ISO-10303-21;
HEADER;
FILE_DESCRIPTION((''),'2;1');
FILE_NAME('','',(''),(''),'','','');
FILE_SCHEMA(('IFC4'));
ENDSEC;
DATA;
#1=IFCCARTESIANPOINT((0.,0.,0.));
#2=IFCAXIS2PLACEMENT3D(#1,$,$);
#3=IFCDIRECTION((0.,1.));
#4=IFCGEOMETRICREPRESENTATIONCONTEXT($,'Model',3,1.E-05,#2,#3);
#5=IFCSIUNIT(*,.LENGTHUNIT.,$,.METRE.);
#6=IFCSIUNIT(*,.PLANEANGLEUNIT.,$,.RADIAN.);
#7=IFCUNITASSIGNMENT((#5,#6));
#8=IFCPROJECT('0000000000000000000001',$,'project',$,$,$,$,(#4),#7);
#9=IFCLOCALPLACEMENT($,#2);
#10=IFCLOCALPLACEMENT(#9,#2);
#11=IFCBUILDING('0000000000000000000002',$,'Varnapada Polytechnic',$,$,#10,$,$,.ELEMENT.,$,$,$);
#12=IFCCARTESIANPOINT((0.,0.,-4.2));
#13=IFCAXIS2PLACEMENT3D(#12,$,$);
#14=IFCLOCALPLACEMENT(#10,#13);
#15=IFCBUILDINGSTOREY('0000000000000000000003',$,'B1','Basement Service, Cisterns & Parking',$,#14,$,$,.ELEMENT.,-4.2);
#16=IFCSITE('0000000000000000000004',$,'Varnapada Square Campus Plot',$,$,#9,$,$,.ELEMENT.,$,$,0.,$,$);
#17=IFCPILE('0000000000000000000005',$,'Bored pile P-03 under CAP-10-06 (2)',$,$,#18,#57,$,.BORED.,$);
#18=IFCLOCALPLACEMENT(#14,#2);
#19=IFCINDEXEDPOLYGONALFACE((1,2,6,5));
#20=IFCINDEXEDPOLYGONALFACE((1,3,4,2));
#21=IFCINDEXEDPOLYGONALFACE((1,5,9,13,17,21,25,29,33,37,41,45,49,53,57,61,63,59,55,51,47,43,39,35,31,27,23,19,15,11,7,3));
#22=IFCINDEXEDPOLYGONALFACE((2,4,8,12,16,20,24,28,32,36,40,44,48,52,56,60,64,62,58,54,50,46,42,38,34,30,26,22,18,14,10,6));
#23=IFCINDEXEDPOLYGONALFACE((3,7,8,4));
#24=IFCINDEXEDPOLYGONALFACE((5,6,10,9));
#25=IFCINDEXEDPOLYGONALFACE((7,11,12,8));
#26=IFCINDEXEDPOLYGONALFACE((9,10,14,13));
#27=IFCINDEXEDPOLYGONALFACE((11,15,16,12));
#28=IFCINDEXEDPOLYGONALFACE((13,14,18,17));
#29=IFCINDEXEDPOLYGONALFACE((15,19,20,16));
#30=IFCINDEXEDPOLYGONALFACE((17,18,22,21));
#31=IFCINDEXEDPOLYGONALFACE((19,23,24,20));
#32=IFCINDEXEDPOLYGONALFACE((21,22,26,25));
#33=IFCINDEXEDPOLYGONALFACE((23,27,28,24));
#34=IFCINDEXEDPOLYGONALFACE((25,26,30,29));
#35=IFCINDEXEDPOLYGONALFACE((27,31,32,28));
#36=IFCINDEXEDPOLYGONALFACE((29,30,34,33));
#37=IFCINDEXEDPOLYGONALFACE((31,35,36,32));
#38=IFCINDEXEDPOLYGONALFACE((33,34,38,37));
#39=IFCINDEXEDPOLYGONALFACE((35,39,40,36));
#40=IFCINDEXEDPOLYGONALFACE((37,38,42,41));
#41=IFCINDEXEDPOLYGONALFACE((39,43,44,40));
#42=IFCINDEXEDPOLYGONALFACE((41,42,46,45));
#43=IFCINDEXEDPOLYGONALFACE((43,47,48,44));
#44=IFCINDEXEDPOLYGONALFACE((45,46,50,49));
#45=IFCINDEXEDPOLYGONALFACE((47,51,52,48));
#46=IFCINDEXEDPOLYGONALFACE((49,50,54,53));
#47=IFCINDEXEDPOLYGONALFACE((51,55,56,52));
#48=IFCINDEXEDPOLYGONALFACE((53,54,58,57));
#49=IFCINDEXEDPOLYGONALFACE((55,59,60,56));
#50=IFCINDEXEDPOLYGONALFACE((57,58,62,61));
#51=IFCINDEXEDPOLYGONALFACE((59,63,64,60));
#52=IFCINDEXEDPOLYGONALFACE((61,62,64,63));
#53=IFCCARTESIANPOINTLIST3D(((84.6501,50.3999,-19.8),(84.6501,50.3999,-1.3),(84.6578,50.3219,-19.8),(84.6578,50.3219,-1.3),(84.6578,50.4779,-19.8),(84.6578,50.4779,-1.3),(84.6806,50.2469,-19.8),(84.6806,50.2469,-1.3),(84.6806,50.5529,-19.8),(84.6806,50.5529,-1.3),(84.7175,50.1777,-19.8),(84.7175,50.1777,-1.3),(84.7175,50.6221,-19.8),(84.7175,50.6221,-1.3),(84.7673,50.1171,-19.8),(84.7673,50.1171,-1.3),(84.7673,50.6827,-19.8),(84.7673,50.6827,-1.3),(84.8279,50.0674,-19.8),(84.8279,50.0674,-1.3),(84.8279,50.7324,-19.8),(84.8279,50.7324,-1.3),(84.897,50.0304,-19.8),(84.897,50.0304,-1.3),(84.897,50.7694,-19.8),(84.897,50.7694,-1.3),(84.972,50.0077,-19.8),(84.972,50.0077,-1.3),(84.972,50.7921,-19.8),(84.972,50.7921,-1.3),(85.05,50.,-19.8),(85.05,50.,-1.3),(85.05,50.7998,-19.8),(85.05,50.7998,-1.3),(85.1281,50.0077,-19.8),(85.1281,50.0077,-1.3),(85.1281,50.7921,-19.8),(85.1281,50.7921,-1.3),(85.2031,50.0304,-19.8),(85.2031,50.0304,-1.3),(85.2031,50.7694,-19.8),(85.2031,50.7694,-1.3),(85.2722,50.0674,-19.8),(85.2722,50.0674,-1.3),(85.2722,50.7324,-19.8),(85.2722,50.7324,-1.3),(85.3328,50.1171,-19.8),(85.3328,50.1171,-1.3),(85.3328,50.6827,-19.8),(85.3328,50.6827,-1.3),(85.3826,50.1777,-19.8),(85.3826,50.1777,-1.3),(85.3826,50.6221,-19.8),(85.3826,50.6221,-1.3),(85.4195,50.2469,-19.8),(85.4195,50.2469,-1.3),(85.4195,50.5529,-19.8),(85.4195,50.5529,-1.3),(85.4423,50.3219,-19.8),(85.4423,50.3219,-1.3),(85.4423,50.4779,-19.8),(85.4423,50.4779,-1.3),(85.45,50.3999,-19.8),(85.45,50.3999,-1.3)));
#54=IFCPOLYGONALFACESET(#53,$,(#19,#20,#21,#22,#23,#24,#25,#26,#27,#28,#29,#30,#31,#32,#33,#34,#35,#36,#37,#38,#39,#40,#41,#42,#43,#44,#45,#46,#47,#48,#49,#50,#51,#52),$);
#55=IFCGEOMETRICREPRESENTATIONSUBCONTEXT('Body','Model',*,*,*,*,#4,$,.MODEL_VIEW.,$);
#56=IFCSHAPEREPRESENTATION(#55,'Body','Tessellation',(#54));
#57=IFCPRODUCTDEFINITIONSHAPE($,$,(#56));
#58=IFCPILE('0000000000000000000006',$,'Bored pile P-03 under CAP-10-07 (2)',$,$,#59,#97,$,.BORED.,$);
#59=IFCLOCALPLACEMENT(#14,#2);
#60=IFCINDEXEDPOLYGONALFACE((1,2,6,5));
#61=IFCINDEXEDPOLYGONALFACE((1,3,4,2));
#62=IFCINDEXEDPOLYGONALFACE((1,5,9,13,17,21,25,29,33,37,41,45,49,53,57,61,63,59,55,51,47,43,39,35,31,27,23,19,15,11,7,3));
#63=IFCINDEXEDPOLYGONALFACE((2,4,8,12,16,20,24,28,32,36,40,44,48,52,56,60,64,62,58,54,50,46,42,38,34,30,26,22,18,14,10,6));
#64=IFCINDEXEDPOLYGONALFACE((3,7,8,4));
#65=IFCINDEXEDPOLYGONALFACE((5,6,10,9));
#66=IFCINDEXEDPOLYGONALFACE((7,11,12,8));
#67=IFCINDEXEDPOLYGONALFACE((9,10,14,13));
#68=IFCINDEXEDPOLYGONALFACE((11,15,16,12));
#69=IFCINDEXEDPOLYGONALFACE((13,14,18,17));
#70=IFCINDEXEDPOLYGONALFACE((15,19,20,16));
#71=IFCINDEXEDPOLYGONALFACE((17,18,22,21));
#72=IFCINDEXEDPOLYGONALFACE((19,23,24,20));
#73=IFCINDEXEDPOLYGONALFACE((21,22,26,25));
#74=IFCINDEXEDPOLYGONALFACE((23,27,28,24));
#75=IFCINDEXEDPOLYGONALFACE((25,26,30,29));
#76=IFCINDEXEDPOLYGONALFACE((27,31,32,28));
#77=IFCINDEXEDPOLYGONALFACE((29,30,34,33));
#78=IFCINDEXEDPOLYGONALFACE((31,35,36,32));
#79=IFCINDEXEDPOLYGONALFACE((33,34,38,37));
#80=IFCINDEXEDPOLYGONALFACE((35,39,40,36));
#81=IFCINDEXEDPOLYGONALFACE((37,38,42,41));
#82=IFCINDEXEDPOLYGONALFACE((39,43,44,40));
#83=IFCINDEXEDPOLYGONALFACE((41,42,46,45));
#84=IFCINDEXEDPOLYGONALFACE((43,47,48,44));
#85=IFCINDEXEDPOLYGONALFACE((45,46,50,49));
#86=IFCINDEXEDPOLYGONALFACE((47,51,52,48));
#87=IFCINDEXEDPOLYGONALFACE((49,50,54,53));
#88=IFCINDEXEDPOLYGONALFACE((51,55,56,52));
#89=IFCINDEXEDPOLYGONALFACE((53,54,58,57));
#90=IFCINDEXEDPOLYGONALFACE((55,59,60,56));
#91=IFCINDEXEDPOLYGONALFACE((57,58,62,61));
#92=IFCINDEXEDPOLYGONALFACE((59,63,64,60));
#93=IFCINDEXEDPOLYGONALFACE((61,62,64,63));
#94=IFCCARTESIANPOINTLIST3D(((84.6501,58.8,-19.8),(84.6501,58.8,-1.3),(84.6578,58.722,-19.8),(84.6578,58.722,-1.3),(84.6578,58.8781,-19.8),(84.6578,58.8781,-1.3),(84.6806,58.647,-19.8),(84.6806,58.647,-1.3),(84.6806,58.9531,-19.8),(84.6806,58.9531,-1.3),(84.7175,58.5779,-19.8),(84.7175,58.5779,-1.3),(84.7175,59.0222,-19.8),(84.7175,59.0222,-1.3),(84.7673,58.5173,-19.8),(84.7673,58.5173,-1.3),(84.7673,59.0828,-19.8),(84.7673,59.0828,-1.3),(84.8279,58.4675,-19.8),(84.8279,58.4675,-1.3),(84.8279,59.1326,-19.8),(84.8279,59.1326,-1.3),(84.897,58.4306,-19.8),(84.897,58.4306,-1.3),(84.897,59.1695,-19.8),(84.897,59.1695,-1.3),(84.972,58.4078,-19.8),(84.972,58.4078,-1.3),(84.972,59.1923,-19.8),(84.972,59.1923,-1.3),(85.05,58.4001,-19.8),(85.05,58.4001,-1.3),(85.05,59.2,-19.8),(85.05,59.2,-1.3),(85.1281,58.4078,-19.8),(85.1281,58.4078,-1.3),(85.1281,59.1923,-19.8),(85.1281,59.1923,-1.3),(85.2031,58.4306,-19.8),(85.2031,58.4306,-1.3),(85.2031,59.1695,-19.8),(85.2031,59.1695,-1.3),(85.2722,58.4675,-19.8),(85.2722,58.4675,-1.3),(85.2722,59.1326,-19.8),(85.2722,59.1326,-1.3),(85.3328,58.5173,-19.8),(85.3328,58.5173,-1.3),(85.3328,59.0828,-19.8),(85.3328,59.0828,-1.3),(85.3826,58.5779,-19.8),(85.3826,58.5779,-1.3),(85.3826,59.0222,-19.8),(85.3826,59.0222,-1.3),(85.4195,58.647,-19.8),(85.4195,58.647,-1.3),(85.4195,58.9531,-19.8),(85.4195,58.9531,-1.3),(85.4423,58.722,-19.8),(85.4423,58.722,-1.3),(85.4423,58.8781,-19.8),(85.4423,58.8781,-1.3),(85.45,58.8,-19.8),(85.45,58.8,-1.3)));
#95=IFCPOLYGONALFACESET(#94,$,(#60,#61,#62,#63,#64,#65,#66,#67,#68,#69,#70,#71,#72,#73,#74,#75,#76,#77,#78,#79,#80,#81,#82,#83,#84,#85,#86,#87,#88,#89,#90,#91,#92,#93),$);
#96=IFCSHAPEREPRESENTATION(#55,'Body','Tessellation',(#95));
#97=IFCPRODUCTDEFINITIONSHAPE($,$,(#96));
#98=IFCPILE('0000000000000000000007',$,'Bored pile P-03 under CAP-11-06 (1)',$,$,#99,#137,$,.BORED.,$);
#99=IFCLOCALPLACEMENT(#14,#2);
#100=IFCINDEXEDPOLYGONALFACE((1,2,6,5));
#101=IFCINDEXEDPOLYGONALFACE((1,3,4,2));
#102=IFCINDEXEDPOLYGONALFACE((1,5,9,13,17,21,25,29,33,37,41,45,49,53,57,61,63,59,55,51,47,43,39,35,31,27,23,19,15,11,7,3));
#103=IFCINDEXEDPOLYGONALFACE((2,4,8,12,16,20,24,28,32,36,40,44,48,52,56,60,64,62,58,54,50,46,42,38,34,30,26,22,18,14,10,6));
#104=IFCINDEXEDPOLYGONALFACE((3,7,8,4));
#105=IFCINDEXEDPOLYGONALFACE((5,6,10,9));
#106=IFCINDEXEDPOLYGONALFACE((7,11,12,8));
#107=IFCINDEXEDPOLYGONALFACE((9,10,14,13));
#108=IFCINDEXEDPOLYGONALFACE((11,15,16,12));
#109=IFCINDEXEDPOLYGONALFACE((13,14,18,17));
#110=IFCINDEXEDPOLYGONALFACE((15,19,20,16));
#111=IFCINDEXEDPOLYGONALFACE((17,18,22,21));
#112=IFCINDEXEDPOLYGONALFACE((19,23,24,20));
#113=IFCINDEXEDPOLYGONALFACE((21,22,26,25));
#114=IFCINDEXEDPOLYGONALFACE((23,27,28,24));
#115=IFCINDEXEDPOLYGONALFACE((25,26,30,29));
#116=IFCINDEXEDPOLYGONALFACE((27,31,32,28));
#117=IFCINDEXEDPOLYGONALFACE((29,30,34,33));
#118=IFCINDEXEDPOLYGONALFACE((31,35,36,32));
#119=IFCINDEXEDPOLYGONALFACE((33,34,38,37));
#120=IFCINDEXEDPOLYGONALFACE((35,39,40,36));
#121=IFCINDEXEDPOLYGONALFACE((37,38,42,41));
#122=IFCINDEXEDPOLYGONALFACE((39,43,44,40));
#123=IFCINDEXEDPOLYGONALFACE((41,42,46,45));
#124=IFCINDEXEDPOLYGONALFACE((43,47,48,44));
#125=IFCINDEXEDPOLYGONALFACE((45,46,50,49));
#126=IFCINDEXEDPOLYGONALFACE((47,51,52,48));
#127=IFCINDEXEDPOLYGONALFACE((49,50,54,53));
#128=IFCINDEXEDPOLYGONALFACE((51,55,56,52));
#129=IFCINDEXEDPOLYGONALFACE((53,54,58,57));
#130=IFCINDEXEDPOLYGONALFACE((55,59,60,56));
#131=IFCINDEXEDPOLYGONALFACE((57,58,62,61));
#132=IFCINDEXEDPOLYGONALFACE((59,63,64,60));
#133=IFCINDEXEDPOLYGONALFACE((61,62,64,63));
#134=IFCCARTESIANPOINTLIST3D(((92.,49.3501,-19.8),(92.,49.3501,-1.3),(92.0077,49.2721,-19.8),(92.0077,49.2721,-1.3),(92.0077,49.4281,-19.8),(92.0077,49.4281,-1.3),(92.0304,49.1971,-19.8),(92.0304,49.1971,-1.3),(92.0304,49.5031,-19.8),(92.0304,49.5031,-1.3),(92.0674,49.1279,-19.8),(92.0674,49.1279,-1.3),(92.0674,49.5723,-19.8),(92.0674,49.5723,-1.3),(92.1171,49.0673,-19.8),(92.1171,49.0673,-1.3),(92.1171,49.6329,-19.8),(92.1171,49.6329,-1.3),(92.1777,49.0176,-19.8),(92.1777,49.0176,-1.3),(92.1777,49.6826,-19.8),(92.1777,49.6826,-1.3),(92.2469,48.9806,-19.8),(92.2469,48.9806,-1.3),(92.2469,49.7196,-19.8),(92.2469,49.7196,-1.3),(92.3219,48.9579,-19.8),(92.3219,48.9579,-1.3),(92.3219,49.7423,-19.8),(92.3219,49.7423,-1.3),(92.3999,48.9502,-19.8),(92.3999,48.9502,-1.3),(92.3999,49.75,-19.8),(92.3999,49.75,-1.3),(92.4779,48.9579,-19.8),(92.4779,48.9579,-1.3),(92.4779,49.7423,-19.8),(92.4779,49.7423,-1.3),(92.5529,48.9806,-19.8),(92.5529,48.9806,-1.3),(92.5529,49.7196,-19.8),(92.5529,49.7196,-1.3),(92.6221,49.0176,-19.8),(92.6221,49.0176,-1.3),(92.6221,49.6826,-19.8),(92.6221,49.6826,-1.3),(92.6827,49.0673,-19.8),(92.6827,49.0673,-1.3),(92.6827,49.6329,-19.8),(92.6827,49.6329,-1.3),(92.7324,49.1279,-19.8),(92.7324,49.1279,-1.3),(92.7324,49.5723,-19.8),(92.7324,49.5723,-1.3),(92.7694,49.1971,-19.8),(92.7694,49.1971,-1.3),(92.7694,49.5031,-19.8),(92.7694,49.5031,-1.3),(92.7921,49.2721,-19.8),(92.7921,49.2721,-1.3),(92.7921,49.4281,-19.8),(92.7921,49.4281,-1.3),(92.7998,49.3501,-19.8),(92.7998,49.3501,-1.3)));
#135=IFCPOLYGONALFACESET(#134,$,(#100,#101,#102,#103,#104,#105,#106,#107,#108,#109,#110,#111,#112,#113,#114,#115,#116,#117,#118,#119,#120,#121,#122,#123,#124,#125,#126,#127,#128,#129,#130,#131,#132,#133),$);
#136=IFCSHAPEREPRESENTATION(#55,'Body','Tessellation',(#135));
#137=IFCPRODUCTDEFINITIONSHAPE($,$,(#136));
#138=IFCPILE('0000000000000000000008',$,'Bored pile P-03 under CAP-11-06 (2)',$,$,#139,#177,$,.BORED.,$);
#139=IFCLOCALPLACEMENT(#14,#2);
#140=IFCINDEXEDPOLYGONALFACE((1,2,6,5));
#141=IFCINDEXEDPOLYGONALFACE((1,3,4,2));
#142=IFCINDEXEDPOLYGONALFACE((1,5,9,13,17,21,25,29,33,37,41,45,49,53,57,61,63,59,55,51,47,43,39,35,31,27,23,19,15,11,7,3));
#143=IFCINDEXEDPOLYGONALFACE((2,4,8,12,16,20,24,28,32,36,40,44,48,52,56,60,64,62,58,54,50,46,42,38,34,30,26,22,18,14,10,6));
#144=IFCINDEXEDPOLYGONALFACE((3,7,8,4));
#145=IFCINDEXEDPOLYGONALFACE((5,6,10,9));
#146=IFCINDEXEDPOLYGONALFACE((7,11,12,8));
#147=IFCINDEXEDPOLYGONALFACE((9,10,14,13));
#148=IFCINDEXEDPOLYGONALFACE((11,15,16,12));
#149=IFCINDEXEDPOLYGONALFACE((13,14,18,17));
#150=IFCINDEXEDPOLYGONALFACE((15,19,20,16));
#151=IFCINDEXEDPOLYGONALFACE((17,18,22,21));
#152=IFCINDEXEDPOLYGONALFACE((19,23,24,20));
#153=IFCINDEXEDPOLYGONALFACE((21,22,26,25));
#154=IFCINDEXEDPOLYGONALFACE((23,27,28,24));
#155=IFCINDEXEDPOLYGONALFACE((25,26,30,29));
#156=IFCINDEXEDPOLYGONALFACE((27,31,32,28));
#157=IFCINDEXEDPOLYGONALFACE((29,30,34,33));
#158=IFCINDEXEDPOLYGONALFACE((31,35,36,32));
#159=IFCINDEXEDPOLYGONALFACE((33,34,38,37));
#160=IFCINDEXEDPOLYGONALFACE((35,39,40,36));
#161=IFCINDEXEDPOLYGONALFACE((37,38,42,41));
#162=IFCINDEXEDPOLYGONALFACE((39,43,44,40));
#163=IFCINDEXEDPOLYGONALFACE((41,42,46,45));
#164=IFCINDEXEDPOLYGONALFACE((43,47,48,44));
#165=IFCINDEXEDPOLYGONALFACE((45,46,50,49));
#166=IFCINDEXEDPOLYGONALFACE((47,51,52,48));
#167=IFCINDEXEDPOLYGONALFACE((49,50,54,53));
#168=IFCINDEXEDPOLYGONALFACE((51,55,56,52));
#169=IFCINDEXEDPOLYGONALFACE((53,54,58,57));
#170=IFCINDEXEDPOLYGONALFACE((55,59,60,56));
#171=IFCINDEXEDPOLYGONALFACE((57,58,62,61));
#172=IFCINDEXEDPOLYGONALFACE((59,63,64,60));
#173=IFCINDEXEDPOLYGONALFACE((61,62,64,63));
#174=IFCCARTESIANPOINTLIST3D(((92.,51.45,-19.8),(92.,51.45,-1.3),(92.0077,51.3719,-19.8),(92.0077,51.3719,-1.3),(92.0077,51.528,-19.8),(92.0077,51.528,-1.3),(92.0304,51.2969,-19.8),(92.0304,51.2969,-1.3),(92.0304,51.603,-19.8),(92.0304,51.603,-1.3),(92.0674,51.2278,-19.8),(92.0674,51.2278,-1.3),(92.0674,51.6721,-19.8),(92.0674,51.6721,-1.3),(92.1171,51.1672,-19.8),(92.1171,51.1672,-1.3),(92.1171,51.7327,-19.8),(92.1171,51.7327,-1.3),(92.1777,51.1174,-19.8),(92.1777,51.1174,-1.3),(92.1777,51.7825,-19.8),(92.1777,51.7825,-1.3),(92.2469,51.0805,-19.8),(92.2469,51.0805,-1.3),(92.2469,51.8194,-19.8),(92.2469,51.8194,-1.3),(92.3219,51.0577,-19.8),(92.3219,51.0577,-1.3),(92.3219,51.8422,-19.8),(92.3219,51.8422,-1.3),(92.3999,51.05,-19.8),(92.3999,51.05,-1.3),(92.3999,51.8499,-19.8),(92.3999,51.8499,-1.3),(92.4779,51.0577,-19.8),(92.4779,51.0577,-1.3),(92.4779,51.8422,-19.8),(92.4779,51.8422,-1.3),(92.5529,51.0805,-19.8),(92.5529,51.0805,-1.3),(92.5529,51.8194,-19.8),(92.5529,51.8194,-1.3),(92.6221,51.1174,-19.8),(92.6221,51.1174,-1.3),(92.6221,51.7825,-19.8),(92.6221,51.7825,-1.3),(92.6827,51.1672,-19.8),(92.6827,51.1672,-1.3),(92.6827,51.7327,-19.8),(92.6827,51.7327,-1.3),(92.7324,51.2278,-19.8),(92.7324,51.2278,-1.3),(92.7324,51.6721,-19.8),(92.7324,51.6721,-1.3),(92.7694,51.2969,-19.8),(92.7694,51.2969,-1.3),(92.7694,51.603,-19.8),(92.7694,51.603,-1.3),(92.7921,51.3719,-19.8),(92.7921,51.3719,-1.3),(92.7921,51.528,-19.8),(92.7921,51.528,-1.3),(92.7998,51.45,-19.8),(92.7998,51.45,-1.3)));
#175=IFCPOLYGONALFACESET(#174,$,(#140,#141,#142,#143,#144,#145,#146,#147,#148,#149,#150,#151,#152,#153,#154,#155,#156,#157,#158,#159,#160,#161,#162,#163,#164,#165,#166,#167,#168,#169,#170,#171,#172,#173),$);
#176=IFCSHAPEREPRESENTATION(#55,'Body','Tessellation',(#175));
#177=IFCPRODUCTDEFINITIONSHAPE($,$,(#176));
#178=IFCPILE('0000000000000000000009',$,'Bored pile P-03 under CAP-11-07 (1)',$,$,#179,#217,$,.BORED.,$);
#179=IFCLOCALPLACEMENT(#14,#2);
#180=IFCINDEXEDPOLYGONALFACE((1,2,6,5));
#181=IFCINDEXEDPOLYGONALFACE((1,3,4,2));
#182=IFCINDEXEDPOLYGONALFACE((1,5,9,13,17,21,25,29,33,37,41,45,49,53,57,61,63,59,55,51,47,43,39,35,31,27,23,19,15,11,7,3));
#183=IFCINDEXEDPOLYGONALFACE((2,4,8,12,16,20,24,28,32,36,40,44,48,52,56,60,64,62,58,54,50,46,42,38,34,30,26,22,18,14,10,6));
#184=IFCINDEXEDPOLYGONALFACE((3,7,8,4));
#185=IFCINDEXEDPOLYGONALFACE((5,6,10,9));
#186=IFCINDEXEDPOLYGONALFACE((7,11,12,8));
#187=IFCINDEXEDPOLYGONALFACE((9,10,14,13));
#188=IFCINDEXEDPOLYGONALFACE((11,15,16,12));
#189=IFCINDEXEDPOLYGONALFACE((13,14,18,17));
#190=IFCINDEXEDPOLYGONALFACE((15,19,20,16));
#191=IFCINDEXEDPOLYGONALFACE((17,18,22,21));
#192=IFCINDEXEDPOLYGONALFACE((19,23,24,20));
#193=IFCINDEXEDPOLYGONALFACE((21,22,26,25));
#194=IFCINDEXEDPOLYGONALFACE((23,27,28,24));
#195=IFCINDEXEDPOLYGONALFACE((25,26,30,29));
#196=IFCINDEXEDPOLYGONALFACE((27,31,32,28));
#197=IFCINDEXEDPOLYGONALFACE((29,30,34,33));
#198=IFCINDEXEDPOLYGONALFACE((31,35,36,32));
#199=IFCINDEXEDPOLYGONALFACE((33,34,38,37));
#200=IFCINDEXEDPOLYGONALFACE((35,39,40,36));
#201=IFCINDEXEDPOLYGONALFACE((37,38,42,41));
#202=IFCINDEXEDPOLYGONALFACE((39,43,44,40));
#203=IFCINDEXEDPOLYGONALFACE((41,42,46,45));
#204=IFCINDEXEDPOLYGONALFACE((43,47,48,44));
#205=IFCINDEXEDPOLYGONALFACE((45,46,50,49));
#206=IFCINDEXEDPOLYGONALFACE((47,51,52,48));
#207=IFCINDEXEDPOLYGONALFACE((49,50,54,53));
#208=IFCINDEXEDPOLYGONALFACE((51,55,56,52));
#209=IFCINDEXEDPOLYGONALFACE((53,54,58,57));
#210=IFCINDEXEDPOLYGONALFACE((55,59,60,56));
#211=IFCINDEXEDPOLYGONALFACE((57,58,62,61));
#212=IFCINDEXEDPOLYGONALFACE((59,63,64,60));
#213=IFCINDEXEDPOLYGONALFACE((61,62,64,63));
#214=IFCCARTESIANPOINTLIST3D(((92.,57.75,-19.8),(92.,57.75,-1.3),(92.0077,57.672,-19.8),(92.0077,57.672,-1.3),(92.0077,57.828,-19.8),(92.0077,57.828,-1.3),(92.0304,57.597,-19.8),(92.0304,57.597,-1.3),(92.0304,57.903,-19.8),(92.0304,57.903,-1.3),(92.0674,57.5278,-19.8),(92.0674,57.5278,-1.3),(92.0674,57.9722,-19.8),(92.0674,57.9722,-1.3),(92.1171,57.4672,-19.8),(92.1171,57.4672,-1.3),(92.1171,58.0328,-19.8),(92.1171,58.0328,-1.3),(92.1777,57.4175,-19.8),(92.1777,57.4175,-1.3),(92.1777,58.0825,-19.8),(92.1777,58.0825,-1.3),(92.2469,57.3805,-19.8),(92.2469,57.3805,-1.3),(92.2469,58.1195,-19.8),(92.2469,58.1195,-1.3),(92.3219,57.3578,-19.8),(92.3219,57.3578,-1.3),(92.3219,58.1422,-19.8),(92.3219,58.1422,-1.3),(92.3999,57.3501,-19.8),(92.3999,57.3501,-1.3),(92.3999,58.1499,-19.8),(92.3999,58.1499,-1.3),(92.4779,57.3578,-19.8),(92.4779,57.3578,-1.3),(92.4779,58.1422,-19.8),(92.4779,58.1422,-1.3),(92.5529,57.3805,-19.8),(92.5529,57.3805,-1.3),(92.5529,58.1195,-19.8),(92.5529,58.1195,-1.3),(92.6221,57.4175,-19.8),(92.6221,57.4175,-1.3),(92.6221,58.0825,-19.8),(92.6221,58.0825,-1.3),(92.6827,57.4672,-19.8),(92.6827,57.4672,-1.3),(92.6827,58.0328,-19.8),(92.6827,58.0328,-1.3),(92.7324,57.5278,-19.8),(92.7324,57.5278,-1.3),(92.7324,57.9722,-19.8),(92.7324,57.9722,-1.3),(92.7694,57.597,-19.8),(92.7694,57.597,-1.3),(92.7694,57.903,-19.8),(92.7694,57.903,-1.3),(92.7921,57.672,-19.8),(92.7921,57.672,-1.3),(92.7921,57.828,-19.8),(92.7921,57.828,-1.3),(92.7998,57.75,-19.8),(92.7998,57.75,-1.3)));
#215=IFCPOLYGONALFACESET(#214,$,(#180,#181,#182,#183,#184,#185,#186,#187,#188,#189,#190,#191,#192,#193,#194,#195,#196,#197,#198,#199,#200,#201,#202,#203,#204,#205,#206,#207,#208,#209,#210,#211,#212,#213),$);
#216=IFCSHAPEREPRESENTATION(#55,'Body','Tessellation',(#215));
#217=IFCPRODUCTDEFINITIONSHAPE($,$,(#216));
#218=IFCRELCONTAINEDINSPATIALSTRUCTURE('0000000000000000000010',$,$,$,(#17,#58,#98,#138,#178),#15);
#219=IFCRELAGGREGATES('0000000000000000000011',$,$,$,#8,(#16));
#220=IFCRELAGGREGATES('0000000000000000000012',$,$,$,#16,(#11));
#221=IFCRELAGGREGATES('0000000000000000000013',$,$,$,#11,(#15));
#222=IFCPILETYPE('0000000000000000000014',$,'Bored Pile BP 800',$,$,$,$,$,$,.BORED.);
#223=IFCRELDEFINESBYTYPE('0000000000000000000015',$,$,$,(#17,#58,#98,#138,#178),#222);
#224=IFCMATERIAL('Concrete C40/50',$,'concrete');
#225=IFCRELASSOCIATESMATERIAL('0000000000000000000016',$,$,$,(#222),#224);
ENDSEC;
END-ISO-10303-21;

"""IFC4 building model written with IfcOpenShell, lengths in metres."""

from ifc_helpers import new_model, si_unit, direction, frame, origin, origin_2d, place, context, subcontext, project, spatial, circle, extrude, material, material_profile, profile_set, type_object, element, save


model = new_model("IFC4")

# Units and contexts
model_context = context("Model", 3, precision=1e-05, world=origin(), true_north=direction((0.0, 1.0)))
body_context = subcontext(model_context, "Body", "Model", "MODEL_VIEW")
ifc_project = project(units=[si_unit("LENGTHUNIT", "METRE"), si_unit("PLANEANGLEUNIT", "RADIAN")], contexts=[model_context])

# Site, building, storey
site_placement = place(None, origin())
site = spatial("IfcSite", under=ifc_project, at=site_placement, Name="Varnapada Square Campus Plot", CompositionType="ELEMENT", RefElevation=0.0)
building_placement = place(site_placement, origin())
building = spatial("IfcBuilding", under=site, at=building_placement, Name="Varnapada Polytechnic", CompositionType="ELEMENT")
storey_placement = place(building_placement, frame((0.0, 0.0, -4.2)))
storey = spatial("IfcBuildingStorey", under=building, at=storey_placement, Name="B1", Description="Basement Service, Cisterns & Parking", CompositionType="ELEMENT", Elevation=-4.2)

# Piles
ifc_material_1 = material(Name="Concrete C40/50", Category="concrete")
ifc_material_profile_1 = material_profile(ifc_material_1, circle(Radius=0.3999, at=origin_2d()), Name="BP 800")
ifc_profile_set_1 = profile_set([ifc_material_profile_1], Name="Concrete C40/50")
pile_type = type_object("IfcPileType", Name="Bored Pile BP 800", PredefinedType="BORED", material=ifc_profile_set_1)
for number, where, z_axis, x_axis, name in (
    (1, (85.05, 50.3999, -1.3), (0.0, 0.0, -1.0), (1.0, 0.0, 0.0), "Bored pile P-03 under CAP-10-06 (2)"),
    (2, (85.05, 58.8, -1.3), (0.0, 0.0, -1.0), (1.0, 0.0, 0.0), "Bored pile P-03 under CAP-10-07 (2)"),
    (3, (92.3999, 49.3501, -1.3), (0.0, 0.0, -1.0), (1.0, 0.0, 0.0), "Bored pile P-03 under CAP-11-06 (1)"),
    (4, (92.3999, 51.45, -1.3), (0.0, 0.0, -1.0), (1.0, 0.0, 0.0), "Bored pile P-03 under CAP-11-06 (2)"),
    (5, (92.3999, 57.75, -1.3), (0.0, 0.0, -1.0), (1.0, 0.0, 0.0), "Bored pile P-03 under CAP-11-07 (1)"),
):
    element("IfcPile", number, at=place(storey_placement, frame(where, z_axis=z_axis, x_axis=x_axis)), inside=storey, type_object=pile_type, Name=name, PredefinedType="BORED", context=body_context, shape_type="SweptSolid", body=[
        extrude(circle(Radius=0.3999, at=origin_2d()), origin(), (0.0, 0.0, 1.0), 18.5),
    ])

save(model, "model.ifc")
